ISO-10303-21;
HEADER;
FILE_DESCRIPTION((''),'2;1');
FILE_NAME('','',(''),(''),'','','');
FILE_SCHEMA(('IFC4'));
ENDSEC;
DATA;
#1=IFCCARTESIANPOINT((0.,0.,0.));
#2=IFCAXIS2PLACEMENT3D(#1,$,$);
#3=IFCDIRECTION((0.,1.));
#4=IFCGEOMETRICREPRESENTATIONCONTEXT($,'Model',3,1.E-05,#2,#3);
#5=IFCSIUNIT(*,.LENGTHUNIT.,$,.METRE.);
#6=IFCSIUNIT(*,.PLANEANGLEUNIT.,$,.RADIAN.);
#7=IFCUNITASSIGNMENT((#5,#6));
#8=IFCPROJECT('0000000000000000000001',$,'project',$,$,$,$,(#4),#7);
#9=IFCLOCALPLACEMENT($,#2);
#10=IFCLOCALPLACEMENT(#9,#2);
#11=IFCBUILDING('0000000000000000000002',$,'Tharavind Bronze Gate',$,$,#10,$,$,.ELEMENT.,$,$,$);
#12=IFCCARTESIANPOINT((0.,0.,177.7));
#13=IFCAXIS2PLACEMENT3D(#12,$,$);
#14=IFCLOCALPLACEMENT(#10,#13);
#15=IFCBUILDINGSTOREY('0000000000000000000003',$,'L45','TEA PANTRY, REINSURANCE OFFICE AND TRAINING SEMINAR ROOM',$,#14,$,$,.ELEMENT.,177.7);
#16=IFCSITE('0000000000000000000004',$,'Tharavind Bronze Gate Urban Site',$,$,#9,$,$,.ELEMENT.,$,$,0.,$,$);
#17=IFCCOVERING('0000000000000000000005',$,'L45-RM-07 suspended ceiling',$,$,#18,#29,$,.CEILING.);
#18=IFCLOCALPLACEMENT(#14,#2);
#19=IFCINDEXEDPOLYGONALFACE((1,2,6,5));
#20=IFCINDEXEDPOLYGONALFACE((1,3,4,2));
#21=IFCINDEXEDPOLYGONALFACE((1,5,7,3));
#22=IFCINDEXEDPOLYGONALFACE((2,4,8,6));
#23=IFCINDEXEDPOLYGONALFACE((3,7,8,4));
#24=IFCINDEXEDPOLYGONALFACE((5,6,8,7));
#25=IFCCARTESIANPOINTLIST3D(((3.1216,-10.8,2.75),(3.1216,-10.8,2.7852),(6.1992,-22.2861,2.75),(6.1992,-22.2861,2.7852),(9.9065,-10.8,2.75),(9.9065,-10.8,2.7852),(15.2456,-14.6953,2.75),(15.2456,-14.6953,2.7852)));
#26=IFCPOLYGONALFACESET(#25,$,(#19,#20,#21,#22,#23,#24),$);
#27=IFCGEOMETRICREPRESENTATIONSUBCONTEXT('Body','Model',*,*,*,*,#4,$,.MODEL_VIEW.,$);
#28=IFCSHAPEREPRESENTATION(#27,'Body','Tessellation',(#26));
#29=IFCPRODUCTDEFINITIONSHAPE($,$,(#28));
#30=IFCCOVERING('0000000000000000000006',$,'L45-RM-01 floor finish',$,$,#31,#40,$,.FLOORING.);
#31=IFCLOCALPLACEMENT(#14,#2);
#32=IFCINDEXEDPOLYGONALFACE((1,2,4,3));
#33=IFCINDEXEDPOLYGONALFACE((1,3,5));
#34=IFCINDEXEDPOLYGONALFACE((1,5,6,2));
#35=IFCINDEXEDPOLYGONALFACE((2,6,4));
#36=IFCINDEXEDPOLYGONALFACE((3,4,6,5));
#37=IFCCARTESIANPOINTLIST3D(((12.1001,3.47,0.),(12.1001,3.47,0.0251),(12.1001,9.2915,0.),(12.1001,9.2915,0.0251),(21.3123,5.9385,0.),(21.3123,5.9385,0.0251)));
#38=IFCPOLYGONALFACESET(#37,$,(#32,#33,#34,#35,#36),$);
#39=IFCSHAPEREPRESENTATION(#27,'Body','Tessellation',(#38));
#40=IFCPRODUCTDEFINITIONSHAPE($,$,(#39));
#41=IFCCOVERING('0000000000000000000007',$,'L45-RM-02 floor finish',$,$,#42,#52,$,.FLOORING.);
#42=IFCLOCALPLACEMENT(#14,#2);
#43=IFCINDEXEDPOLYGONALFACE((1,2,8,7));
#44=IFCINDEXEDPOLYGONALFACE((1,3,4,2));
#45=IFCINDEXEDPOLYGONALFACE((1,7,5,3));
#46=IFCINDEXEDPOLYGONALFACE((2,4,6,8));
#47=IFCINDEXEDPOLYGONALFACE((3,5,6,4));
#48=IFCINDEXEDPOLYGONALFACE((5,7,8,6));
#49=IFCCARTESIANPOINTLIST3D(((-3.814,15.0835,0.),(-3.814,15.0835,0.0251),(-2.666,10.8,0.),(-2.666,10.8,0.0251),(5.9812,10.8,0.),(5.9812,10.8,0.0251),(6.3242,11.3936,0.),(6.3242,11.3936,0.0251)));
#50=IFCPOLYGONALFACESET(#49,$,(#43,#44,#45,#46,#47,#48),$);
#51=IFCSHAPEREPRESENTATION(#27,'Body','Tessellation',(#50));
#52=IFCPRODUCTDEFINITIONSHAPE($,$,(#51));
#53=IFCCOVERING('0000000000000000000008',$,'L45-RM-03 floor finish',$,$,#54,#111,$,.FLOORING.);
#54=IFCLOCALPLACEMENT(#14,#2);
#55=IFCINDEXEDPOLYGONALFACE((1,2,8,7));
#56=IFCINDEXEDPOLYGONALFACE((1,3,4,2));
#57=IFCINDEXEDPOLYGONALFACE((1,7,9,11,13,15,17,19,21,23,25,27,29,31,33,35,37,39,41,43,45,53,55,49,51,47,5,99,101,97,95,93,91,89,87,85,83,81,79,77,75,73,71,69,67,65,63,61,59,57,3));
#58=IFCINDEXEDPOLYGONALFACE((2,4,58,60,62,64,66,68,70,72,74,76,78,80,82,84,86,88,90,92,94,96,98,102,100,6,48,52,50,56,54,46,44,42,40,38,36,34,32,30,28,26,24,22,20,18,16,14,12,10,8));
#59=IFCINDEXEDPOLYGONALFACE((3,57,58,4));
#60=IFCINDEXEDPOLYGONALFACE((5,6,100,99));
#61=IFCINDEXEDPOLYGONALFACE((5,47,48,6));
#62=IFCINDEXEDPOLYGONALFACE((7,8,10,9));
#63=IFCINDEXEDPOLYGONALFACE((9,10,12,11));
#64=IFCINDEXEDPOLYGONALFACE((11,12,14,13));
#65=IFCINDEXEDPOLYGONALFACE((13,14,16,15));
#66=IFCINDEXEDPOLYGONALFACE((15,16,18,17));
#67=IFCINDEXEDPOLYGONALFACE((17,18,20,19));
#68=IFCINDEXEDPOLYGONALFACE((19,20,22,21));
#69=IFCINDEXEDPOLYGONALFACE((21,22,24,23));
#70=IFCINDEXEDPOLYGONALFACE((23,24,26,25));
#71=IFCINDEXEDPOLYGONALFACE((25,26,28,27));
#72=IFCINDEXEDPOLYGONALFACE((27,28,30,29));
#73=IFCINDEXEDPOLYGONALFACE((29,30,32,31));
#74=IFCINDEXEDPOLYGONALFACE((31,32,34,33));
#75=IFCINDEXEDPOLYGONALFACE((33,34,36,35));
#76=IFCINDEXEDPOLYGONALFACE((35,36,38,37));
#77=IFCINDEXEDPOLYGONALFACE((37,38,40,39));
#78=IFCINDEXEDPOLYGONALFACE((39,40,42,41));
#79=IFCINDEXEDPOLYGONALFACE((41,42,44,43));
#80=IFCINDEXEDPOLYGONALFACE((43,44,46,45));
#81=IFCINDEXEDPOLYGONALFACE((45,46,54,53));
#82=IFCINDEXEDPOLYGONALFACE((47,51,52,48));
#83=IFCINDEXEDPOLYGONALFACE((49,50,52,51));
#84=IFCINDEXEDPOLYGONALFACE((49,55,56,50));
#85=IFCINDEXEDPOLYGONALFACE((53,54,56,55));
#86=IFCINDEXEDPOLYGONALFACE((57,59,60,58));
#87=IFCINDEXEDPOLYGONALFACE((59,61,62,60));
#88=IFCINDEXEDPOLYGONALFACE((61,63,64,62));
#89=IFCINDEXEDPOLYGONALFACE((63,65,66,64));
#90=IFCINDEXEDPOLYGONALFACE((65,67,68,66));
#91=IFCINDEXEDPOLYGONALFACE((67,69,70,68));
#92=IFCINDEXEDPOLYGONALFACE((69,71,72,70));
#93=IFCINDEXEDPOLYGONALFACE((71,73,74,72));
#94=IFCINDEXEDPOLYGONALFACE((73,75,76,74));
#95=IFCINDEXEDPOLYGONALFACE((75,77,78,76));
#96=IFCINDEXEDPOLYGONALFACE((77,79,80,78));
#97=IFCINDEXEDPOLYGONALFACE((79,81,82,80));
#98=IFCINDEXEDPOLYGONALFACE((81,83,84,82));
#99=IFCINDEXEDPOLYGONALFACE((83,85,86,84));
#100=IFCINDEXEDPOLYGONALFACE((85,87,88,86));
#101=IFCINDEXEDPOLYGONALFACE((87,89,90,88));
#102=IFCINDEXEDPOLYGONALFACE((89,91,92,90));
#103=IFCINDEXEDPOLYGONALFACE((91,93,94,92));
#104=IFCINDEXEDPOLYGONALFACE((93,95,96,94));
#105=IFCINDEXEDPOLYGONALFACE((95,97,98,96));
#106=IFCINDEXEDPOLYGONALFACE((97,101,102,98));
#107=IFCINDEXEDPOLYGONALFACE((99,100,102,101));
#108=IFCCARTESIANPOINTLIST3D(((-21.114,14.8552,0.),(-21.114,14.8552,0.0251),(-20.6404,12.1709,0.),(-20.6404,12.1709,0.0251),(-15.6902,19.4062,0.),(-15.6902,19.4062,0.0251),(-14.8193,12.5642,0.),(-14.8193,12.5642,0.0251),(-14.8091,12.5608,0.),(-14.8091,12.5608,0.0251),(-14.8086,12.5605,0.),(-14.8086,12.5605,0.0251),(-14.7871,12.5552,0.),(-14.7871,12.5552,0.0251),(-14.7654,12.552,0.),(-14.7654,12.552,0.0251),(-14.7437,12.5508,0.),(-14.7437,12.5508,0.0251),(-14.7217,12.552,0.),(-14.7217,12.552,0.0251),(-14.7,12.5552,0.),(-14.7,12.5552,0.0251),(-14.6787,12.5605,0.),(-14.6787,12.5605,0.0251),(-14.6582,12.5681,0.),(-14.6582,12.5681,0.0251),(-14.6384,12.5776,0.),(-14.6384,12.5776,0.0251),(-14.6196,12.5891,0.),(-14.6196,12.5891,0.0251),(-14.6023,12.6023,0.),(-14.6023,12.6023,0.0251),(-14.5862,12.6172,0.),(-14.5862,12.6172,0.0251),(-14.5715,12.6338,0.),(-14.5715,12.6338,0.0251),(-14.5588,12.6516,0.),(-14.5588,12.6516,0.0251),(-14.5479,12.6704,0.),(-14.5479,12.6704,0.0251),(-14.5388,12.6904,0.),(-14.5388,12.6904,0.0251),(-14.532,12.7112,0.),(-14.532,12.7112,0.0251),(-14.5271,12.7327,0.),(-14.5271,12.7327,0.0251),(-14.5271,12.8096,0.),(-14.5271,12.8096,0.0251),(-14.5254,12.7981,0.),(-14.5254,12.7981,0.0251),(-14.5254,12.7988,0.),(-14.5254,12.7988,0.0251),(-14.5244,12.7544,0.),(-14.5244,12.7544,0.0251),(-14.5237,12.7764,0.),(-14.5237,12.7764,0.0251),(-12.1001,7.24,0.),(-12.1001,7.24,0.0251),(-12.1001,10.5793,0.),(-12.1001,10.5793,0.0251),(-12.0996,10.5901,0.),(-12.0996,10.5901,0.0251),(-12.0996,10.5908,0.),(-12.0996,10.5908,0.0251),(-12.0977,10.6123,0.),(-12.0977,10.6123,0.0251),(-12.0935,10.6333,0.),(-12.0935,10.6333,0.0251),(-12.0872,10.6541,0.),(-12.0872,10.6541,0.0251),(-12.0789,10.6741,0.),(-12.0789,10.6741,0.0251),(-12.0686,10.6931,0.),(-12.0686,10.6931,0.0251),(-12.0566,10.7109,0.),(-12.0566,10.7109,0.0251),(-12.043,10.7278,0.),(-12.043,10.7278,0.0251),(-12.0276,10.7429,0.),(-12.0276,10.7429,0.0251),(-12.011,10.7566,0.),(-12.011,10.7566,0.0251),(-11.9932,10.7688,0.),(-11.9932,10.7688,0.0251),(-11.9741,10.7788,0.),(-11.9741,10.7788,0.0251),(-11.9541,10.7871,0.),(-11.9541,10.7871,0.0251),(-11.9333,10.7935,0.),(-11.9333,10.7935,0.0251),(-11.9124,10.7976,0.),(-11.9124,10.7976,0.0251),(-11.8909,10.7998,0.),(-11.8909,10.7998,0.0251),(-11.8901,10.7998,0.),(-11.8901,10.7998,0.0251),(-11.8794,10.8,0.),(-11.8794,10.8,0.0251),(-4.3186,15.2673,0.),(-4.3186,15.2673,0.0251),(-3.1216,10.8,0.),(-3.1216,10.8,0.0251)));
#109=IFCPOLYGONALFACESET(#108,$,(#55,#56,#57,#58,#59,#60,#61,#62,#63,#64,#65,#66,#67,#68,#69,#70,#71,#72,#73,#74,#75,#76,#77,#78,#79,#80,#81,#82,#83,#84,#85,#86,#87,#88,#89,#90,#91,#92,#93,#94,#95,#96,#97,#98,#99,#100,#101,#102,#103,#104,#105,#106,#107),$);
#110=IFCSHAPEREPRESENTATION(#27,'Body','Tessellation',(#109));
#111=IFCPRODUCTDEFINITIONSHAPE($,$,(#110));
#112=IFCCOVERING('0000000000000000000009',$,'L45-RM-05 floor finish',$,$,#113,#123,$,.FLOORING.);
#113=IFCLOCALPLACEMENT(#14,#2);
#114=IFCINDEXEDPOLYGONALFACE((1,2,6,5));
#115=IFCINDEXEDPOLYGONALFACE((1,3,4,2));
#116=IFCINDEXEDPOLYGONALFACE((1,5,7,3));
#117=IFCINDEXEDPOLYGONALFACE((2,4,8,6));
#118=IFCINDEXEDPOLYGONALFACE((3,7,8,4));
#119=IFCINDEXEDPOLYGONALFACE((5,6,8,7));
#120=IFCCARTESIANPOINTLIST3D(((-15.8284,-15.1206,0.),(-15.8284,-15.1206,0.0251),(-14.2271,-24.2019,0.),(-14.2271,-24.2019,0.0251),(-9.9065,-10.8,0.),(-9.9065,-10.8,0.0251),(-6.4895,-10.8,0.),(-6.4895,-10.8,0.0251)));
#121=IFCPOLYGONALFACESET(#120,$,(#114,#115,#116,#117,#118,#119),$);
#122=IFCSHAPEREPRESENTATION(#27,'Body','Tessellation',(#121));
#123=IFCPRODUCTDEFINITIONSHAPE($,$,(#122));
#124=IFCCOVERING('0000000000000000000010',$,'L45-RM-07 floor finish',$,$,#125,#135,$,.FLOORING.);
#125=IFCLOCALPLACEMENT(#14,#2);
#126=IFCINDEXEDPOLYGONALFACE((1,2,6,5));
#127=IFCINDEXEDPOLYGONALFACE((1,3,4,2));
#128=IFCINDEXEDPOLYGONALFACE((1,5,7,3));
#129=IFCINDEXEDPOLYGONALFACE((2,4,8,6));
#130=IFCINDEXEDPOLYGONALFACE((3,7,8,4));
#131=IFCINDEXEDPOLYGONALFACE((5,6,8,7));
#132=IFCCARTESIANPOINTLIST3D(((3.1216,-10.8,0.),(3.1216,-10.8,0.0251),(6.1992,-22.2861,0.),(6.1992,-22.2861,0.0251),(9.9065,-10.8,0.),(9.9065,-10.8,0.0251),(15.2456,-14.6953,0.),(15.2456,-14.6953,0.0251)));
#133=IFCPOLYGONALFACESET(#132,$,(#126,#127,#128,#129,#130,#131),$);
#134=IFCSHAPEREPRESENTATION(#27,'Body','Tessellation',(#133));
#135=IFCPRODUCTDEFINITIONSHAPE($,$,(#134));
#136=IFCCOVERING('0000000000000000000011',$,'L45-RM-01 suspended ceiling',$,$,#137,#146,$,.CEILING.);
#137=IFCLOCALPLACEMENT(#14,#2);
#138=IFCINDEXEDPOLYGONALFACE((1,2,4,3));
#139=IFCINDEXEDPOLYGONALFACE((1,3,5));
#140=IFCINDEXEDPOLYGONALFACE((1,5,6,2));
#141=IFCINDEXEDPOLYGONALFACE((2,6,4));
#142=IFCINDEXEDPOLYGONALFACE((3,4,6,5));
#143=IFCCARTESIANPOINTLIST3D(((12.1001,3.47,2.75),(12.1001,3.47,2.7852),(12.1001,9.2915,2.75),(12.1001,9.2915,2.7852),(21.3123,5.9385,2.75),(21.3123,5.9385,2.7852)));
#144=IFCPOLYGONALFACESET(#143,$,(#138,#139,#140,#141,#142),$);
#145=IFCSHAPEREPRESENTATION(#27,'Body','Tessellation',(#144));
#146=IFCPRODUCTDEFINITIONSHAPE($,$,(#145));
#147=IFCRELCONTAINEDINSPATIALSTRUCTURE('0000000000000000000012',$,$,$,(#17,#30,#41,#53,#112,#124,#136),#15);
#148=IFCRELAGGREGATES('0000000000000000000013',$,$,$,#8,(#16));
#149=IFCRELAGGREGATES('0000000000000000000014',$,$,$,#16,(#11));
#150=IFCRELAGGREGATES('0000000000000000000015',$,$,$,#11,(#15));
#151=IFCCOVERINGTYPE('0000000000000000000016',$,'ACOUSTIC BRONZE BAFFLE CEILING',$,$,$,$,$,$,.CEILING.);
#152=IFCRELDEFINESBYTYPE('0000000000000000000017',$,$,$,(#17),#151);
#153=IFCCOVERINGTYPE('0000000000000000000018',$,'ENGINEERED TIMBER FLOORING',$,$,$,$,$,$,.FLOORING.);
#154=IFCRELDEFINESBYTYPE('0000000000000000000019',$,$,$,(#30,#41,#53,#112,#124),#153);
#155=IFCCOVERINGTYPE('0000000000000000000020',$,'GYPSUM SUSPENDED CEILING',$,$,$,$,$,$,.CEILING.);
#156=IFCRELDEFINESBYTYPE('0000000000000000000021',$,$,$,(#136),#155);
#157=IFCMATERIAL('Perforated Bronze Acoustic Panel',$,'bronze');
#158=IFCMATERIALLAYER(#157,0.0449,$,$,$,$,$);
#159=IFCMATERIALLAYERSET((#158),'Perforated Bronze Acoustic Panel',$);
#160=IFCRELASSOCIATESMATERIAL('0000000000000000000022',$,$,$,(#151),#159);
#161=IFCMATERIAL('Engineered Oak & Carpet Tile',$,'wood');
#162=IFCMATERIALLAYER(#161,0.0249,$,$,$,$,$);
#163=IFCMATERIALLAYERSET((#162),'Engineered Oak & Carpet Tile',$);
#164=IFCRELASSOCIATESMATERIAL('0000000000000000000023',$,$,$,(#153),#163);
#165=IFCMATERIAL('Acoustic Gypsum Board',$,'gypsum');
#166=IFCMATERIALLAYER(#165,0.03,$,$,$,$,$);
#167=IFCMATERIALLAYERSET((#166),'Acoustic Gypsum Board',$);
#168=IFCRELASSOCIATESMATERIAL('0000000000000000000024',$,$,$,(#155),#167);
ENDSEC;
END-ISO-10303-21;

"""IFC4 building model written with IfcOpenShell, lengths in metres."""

from ifc_helpers import new_model, si_unit, direction, frame, origin, place, context, subcontext, project, spatial, polyline, outline, extrude, material, layer, layer_set, type_object, element, save


model = new_model("IFC4")

# Units and contexts
model_context = context("Model", 3, precision=1e-05, world=origin(), true_north=direction((0.0, 1.0)))
body_context = subcontext(model_context, "Body", "Model", "MODEL_VIEW")
ifc_project = project(units=[si_unit("LENGTHUNIT", "METRE"), si_unit("PLANEANGLEUNIT", "RADIAN")], contexts=[model_context])

# Site, building, storey
site_placement = place(None, origin())
site = spatial("IfcSite", under=ifc_project, at=site_placement, Name="Tharavind Bronze Gate Urban Site", CompositionType="ELEMENT", RefElevation=0.0)
building_placement = place(site_placement, origin())
building = spatial("IfcBuilding", under=site, at=building_placement, Name="Tharavind Bronze Gate", CompositionType="ELEMENT")
storey_placement = place(building_placement, frame((0.0, 0.0, 177.7)))
storey = spatial("IfcBuildingStorey", under=building, at=storey_placement, Name="L45", Description="TEA PANTRY, REINSURANCE OFFICE AND TRAINING SEMINAR ROOM", CompositionType="ELEMENT", Elevation=177.7)

# Coverings
ifc_material_1 = material(Name="Perforated Bronze Acoustic Panel", Category="bronze")
ifc_layer_1 = layer(ifc_material_1, 0.0449)
ifc_layer_set_1 = layer_set([ifc_layer_1], Name="Perforated Bronze Acoustic Panel")
covering_type_1 = type_object("IfcCoveringType", Name="ACOUSTIC BRONZE BAFFLE CEILING", PredefinedType="CEILING", material=ifc_layer_set_1)
covering_1_placement = place(storey_placement, frame((0.0, 0.0, 2.75)))
element("IfcCovering", 1, at=covering_1_placement, inside=storey, type_object=covering_type_1, Name="L45-RM-07 suspended ceiling", PredefinedType="CEILING", context=body_context, shape_type="SweptSolid", body=[
    extrude(outline(polyline([(6.1992, -22.2861), (15.2456, -14.6953), (9.9065, -10.8), (3.1216, -10.8), (6.1992, -22.2861)])), origin(), (0.0, 0.0, 1.0), 0.0352),
])
ifc_material_2 = material(Name="Engineered Oak & Carpet Tile", Category="wood")
ifc_layer_2 = layer(ifc_material_2, 0.0249)
ifc_layer_set_2 = layer_set([ifc_layer_2], Name="Engineered Oak & Carpet Tile")
covering_type_2 = type_object("IfcCoveringType", Name="ENGINEERED TIMBER FLOORING", PredefinedType="FLOORING", material=ifc_layer_set_2)
covering_2_placement = place(storey_placement, origin())
element("IfcCovering", 2, at=covering_2_placement, inside=storey, type_object=covering_type_2, Name="L45-RM-01 floor finish", PredefinedType="FLOORING", context=body_context, shape_type="SweptSolid", body=[
    extrude(outline(polyline([(12.1001, 3.47), (21.3123, 5.9385), (12.1001, 9.2915), (12.1001, 3.47)])), origin(), (0.0, 0.0, 1.0), 0.0251),
])
covering_3_placement = place(storey_placement, origin())
element("IfcCovering", 3, at=covering_3_placement, inside=storey, type_object=covering_type_2, Name="L45-RM-02 floor finish", PredefinedType="FLOORING", context=body_context, shape_type="SweptSolid", body=[
    extrude(outline(polyline([(-2.666, 10.8), (5.9812, 10.8), (6.3242, 11.3936), (-3.814, 15.0835), (-2.666, 10.8)])), origin(), (0.0, 0.0, 1.0), 0.0251),
])
covering_4_placement = place(storey_placement, origin())
element("IfcCovering", 4, at=covering_4_placement, inside=storey, type_object=covering_type_2, Name="L45-RM-03 floor finish", PredefinedType="FLOORING", context=body_context, shape_type="SweptSolid", body=[
    extrude(outline(polyline([(-20.6404, 12.1709), (-12.1001, 7.24), (-12.1001, 10.5793), (-12.0996, 10.5901), (-12.0996, 10.5908), (-12.0977, 10.6123), (-12.0935, 10.6333), (-12.0872, 10.6541), (-12.0789, 10.6741), (-12.0686, 10.6931), (-12.0566, 10.7109), (-12.043, 10.7278), (-12.0276, 10.7429), (-12.011, 10.7566), (-11.9932, 10.7688), (-11.9741, 10.7788), (-11.9541, 10.7871), (-11.9333, 10.7935), (-11.9124, 10.7976), (-11.8909, 10.7998), (-11.8901, 10.7998), (-11.8794, 10.8), (-3.1216, 10.8), (-4.3186, 15.2673), (-15.6902, 19.4062), (-14.5271, 12.8096), (-14.5254, 12.7988), (-14.5254, 12.7981), (-14.5237, 12.7764), (-14.5244, 12.7544), (-14.5271, 12.7327), (-14.532, 12.7112), (-14.5388, 12.6904), (-14.5479, 12.6704), (-14.5588, 12.6516), (-14.5715, 12.6338), (-14.5862, 12.6172), (-14.6023, 12.6023), (-14.6196, 12.5891), (-14.6384, 12.5776), (-14.6582, 12.5681), (-14.6787, 12.5605), (-14.7, 12.5552), (-14.7217, 12.552), (-14.7437, 12.5508), (-14.7654, 12.552), (-14.7871, 12.5552), (-14.8086, 12.5605), (-14.8091, 12.5608), (-14.8193, 12.5642), (-21.114, 14.8552), (-20.6404, 12.1709)])), origin(), (0.0, 0.0, 1.0), 0.0251),
])
covering_5_placement = place(storey_placement, origin())
element("IfcCovering", 5, at=covering_5_placement, inside=storey, type_object=covering_type_2, Name="L45-RM-05 floor finish", PredefinedType="FLOORING", context=body_context, shape_type="SweptSolid", body=[
    extrude(outline(polyline([(-14.2271, -24.2019), (-6.4895, -10.8), (-9.9065, -10.8), (-15.8284, -15.1206), (-14.2271, -24.2019)])), origin(), (0.0, 0.0, 1.0), 0.0251),
])
covering_6_placement = place(storey_placement, origin())
element("IfcCovering", 6, at=covering_6_placement, inside=storey, type_object=covering_type_2, Name="L45-RM-07 floor finish", PredefinedType="FLOORING", context=body_context, shape_type="SweptSolid", body=[
    extrude(outline(polyline([(6.1992, -22.2861), (15.2456, -14.6953), (9.9065, -10.8), (3.1216, -10.8), (6.1992, -22.2861)])), origin(), (0.0, 0.0, 1.0), 0.0251),
])
ifc_material_3 = material(Name="Acoustic Gypsum Board", Category="gypsum")
ifc_layer_3 = layer(ifc_material_3, 0.03)
ifc_layer_set_3 = layer_set([ifc_layer_3], Name="Acoustic Gypsum Board")
covering_type_3 = type_object("IfcCoveringType", Name="GYPSUM SUSPENDED CEILING", PredefinedType="CEILING", material=ifc_layer_set_3)
covering_7_placement = place(storey_placement, frame((0.0, 0.0, 2.75)))
element("IfcCovering", 7, at=covering_7_placement, inside=storey, type_object=covering_type_3, Name="L45-RM-01 suspended ceiling", PredefinedType="CEILING", context=body_context, shape_type="SweptSolid", body=[
    extrude(outline(polyline([(12.1001, 3.47), (21.3123, 5.9385), (12.1001, 9.2915), (12.1001, 3.47)])), origin(), (0.0, 0.0, 1.0), 0.0352),
])

save(model, "model.ifc")
